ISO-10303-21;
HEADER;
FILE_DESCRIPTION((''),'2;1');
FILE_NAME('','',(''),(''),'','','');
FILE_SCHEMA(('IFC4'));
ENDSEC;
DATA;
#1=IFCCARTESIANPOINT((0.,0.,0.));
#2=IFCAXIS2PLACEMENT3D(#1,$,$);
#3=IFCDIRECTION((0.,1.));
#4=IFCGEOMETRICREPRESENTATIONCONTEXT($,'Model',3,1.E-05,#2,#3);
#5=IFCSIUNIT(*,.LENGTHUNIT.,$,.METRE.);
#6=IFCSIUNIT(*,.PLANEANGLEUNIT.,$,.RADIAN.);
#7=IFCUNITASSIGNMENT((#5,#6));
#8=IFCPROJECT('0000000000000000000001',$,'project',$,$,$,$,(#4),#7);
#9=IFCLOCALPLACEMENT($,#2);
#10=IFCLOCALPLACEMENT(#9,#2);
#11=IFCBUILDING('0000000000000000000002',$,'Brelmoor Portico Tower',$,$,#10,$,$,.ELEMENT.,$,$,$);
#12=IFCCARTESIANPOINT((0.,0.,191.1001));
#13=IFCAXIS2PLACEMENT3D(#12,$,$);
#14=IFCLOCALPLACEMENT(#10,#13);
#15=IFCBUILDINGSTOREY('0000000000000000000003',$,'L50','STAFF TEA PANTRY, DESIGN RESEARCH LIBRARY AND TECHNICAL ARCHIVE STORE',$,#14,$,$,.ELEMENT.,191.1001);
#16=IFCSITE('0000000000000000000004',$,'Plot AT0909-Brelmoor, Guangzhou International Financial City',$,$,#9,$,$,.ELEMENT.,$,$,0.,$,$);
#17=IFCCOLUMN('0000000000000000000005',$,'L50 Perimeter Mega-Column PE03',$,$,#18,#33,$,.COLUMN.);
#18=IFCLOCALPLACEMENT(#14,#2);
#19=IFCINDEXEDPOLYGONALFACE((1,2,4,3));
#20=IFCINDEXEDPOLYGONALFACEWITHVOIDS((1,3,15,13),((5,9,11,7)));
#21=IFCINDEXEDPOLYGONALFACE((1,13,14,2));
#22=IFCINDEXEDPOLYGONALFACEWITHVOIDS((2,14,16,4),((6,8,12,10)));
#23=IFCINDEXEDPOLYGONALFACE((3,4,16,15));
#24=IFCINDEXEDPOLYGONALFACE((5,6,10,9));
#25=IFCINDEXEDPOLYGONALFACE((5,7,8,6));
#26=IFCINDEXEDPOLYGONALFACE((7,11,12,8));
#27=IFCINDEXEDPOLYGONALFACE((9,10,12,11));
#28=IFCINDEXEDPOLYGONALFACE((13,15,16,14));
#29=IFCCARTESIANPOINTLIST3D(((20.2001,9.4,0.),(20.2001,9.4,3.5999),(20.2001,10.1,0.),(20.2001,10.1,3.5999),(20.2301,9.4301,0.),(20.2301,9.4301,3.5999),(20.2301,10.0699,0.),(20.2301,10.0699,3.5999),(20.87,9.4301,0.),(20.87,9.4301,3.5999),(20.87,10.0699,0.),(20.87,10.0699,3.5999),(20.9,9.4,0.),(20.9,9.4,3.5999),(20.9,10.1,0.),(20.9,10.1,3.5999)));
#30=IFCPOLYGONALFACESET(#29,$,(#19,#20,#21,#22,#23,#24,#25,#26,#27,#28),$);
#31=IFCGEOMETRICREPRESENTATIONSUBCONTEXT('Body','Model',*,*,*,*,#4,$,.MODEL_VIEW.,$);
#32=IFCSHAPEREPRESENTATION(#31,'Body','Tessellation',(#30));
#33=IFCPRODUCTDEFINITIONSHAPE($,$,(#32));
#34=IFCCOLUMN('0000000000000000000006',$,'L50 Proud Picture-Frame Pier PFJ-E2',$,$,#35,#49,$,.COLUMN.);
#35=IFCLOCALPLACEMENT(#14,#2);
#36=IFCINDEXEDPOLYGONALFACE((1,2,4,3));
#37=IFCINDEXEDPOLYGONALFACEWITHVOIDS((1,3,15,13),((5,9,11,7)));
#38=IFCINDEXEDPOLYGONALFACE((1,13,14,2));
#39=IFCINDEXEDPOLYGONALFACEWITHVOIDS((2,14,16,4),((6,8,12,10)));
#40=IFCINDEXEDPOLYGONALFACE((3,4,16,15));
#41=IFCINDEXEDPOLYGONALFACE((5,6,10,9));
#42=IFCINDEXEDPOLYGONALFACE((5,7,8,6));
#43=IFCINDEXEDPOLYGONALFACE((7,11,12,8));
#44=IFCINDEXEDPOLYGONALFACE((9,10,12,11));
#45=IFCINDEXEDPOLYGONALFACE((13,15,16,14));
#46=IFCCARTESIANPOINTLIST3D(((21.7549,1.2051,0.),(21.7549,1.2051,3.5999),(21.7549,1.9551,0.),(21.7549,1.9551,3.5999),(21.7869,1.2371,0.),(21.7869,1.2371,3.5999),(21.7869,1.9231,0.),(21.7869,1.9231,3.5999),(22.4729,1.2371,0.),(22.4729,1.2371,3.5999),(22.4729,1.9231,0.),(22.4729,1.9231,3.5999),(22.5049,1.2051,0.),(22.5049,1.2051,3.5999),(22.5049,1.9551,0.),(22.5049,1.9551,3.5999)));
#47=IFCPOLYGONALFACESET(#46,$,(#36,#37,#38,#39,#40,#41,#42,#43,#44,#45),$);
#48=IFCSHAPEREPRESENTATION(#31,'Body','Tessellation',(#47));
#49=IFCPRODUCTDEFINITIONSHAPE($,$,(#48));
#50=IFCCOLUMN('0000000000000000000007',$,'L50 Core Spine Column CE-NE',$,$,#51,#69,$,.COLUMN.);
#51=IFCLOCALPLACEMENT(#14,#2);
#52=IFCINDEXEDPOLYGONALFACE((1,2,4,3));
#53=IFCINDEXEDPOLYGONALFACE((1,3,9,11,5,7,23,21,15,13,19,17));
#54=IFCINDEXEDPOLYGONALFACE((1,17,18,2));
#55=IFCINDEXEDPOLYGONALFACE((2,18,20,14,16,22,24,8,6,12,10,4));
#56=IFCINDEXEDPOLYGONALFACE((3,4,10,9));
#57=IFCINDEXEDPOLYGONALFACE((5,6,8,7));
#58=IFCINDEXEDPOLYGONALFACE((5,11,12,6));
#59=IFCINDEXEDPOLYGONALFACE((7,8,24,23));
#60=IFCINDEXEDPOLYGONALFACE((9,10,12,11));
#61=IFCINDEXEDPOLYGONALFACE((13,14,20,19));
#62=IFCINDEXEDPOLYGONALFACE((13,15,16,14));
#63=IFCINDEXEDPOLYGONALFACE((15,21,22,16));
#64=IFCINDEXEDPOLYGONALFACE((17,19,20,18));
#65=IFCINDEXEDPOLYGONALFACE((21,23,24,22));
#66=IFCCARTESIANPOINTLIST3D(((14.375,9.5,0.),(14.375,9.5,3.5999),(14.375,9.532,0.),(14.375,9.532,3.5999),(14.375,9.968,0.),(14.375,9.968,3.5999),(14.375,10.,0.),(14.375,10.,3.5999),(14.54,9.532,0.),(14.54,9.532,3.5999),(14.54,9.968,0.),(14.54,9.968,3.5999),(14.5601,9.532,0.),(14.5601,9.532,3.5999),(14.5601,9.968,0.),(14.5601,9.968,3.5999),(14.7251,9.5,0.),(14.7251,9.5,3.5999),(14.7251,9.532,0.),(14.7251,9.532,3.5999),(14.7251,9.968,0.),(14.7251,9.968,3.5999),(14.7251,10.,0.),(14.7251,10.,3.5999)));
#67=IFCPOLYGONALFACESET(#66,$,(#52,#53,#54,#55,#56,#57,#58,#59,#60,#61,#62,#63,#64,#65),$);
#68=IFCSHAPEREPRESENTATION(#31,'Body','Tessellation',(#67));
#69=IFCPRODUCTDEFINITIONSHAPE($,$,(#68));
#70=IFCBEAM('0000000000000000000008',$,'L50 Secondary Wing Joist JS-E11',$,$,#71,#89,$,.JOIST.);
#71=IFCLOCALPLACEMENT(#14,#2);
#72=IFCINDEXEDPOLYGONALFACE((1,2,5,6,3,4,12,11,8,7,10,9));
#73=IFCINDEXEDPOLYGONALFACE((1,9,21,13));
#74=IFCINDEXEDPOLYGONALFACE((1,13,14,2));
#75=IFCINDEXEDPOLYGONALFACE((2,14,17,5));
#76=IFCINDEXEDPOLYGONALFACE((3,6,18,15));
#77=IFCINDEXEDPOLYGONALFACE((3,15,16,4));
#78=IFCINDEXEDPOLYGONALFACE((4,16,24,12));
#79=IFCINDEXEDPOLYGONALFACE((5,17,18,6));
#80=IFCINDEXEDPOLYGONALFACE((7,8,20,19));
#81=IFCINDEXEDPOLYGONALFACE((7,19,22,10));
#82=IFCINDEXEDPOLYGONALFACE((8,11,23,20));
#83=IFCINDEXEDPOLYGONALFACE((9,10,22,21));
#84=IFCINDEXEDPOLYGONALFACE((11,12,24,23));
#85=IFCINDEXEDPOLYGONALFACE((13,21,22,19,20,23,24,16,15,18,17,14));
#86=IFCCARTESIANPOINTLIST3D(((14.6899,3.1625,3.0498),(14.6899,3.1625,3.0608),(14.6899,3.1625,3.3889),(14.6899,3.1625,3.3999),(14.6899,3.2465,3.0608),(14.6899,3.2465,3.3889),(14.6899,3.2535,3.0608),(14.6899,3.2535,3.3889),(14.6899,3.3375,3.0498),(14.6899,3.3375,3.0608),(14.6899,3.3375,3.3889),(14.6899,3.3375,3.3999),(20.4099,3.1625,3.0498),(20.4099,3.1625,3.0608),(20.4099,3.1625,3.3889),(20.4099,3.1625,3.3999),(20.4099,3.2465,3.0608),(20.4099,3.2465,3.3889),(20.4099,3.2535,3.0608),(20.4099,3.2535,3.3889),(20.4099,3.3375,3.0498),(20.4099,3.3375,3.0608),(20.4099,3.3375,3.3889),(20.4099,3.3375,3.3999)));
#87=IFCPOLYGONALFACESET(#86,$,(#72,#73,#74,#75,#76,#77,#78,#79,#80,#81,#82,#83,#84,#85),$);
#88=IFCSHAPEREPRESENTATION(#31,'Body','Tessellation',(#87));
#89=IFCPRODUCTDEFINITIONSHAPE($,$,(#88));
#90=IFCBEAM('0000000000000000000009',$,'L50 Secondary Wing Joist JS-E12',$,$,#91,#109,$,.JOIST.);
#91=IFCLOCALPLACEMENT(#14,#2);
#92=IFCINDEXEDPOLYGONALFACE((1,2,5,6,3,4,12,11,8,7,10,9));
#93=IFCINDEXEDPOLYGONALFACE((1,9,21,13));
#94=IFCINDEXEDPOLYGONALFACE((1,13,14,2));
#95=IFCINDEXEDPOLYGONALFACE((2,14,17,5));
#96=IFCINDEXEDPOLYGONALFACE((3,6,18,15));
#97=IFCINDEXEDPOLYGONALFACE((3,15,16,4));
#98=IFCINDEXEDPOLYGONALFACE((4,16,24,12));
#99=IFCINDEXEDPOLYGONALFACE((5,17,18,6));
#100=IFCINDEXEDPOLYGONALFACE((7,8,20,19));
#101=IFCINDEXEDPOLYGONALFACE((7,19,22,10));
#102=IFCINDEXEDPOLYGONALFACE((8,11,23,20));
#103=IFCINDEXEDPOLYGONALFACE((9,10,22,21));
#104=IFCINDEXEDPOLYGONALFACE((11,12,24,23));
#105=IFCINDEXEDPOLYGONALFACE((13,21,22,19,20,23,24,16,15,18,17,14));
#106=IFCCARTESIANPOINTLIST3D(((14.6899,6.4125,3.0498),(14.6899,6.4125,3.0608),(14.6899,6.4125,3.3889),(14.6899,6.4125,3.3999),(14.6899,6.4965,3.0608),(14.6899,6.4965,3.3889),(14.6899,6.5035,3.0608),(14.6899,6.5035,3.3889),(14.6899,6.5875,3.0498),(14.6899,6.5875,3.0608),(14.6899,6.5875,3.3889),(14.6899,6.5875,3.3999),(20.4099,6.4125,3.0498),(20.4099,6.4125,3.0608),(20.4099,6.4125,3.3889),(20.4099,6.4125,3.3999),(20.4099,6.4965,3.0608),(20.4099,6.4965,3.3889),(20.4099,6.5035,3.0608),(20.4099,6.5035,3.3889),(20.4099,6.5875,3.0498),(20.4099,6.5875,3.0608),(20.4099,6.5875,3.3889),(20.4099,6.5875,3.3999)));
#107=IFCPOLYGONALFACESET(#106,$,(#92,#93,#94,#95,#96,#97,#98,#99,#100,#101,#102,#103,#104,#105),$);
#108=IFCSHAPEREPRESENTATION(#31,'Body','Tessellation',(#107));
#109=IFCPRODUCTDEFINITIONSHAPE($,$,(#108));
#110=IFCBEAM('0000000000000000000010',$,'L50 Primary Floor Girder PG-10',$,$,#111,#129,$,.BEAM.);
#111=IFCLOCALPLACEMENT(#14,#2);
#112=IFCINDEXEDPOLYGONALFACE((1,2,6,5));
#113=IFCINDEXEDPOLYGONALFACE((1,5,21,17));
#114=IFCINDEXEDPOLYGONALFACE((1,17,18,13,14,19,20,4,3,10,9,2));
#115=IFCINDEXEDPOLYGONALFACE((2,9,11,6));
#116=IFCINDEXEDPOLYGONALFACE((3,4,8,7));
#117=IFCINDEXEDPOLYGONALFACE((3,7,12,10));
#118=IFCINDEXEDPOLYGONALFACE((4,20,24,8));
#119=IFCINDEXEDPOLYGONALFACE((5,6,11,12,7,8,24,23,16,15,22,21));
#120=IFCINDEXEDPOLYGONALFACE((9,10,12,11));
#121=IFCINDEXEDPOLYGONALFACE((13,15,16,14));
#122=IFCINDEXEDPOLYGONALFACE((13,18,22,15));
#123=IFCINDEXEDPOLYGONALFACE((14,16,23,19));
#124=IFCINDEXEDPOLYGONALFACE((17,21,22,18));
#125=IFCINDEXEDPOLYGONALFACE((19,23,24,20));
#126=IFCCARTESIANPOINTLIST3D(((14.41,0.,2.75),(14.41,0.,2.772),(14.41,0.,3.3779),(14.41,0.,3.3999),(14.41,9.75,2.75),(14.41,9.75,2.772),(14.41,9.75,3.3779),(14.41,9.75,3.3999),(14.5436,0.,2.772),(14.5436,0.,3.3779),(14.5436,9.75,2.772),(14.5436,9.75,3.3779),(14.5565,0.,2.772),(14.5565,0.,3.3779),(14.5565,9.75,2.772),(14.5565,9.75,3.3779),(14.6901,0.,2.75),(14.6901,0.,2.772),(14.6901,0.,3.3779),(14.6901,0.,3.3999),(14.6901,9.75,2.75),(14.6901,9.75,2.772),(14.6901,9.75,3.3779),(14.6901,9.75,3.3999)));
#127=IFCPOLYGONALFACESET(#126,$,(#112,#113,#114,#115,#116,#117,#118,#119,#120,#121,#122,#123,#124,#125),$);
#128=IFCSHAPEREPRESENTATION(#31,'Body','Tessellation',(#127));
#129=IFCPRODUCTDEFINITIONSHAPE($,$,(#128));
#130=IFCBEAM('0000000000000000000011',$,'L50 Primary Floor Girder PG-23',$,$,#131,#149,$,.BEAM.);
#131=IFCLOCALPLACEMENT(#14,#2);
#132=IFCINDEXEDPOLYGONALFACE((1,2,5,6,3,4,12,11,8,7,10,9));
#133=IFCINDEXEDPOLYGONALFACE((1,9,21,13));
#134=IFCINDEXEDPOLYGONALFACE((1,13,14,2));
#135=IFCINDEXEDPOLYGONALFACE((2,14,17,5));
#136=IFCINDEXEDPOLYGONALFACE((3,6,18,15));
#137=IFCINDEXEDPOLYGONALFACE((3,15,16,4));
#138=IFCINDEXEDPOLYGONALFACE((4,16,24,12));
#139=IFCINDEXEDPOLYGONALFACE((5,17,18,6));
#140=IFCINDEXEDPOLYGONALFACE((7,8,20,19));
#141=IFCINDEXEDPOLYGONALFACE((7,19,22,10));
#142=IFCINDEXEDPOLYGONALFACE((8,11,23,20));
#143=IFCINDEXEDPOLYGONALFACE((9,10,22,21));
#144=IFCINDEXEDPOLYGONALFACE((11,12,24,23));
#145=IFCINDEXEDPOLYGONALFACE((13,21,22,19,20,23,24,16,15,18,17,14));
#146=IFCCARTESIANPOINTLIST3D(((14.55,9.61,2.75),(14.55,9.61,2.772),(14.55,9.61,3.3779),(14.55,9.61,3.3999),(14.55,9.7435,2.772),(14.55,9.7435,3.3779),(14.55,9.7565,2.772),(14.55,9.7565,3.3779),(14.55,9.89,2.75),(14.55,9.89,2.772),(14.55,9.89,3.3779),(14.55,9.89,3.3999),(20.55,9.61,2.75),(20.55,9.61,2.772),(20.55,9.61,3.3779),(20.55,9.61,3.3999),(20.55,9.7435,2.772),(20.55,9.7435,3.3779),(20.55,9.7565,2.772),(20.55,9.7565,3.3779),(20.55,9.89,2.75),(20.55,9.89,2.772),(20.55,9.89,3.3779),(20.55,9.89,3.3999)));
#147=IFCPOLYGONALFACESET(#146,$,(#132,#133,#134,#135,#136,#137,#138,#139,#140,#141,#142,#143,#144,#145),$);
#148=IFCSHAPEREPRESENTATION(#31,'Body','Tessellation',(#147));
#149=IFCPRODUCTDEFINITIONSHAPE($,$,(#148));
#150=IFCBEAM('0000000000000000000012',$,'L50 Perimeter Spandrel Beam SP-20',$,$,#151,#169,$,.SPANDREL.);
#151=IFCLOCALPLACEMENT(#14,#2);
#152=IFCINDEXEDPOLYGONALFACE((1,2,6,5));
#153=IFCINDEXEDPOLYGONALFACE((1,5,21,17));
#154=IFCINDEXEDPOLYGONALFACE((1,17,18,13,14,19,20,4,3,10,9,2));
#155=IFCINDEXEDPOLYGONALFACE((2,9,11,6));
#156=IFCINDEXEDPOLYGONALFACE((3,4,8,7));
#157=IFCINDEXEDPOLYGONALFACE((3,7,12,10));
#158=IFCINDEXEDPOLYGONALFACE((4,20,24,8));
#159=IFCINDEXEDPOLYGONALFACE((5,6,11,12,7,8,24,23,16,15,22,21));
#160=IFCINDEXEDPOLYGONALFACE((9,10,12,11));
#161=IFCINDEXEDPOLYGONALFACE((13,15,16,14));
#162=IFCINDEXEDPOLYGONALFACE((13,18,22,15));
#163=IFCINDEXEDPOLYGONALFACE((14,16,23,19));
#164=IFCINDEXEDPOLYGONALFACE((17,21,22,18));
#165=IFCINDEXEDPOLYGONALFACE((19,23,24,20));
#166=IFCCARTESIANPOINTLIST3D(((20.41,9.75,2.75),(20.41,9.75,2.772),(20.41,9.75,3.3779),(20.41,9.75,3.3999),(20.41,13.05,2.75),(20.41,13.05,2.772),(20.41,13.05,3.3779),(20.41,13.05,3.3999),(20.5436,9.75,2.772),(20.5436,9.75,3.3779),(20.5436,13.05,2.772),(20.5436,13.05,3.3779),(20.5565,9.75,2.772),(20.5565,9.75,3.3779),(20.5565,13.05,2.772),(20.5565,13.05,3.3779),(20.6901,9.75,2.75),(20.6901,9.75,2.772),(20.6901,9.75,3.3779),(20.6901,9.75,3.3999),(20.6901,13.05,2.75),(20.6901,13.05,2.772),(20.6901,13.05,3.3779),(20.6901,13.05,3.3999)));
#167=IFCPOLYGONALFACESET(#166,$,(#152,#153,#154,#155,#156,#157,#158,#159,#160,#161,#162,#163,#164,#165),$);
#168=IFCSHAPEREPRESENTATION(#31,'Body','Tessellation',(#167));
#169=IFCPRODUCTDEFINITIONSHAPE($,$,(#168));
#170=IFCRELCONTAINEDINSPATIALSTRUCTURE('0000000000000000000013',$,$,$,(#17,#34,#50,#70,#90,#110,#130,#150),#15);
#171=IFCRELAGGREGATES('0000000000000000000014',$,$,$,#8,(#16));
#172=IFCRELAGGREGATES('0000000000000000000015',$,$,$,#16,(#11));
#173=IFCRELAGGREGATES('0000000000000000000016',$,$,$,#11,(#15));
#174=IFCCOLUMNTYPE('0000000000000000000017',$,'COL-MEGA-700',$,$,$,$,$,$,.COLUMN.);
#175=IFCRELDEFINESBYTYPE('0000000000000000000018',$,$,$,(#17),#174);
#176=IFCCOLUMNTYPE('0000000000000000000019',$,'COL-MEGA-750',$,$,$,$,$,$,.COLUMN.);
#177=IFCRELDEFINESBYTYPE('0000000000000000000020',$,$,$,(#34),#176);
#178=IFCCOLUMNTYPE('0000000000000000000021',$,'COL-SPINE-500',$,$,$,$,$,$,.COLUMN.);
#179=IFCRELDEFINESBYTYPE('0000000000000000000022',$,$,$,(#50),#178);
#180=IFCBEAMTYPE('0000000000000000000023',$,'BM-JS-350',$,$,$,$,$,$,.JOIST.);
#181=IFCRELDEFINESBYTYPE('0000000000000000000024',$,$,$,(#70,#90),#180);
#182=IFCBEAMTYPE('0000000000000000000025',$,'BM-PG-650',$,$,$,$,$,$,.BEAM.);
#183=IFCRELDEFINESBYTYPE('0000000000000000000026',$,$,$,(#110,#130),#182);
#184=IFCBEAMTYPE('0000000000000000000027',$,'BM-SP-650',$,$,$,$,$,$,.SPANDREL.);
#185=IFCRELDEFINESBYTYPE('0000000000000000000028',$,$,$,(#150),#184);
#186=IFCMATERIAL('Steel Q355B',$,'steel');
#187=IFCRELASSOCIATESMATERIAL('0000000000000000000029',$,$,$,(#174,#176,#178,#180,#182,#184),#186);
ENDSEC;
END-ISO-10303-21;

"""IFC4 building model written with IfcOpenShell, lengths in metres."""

from ifc_helpers import new_model, si_unit, direction, frame, origin, origin_2d, place, context, subcontext, project, spatial, hollow_rectangle, i_section, extrude, material, material_profile, profile_set, type_object, element, save


model = new_model("IFC4")

# Units and contexts
model_context = context("Model", 3, precision=1e-05, world=origin(), true_north=direction((0.0, 1.0)))
body_context = subcontext(model_context, "Body", "Model", "MODEL_VIEW")
ifc_project = project(units=[si_unit("LENGTHUNIT", "METRE"), si_unit("PLANEANGLEUNIT", "RADIAN")], contexts=[model_context])

# Site, building, storey
site_placement = place(None, origin())
site = spatial("IfcSite", under=ifc_project, at=site_placement, Name="Plot AT0909-Brelmoor, Guangzhou International Financial City", CompositionType="ELEMENT", RefElevation=0.0)
building_placement = place(site_placement, origin())
building = spatial("IfcBuilding", under=site, at=building_placement, Name="Brelmoor Portico Tower", CompositionType="ELEMENT")
storey_placement = place(building_placement, frame((0.0, 0.0, 191.1001)))
storey = spatial("IfcBuildingStorey", under=building, at=storey_placement, Name="L50", Description="STAFF TEA PANTRY, DESIGN RESEARCH LIBRARY AND TECHNICAL ARCHIVE STORE", CompositionType="ELEMENT", Elevation=191.1001)

# Columns
ifc_material_1 = material(Name="Steel Q355B", Category="steel")
ifc_material_profile_1 = material_profile(ifc_material_1, hollow_rectangle(XDim=0.7, YDim=0.7, WallThickness=0.03, at=origin_2d()), Name="BOX 700x700x30")
ifc_profile_set_1 = profile_set([ifc_material_profile_1], Name="Steel Q355B")
column_type_1 = type_object("IfcColumnType", Name="COL-MEGA-700", PredefinedType="COLUMN", material=ifc_profile_set_1)
column_1_placement = place(storey_placement, frame((20.55, 9.75, 0.0), z_axis=(0.0, 0.0, 1.0), x_axis=(0.0, 1.0, 0.0)))
element("IfcColumn", 1, at=column_1_placement, inside=storey, type_object=column_type_1, Name="L50 Perimeter Mega-Column PE03", PredefinedType="COLUMN", context=body_context, shape_type="SweptSolid", body=[
    extrude(hollow_rectangle(XDim=0.7, YDim=0.7, WallThickness=0.03, at=origin_2d()), origin(), (0.0, 0.0, 1.0), 3.5999),
])
ifc_material_profile_2 = material_profile(ifc_material_1, hollow_rectangle(XDim=0.75, YDim=0.75, WallThickness=0.032, at=origin_2d()), Name="BOX 750x750x32")
ifc_profile_set_2 = profile_set([ifc_material_profile_2], Name="Steel Q355B")
column_type_2 = type_object("IfcColumnType", Name="COL-MEGA-750", PredefinedType="COLUMN", material=ifc_profile_set_2)
column_2_placement = place(storey_placement, frame((22.1299, 1.5801, 0.0), z_axis=(0.0, 0.0, 1.0), x_axis=(0.0, 1.0, 0.0)))
element("IfcColumn", 2, at=column_2_placement, inside=storey, type_object=column_type_2, Name="L50 Proud Picture-Frame Pier PFJ-E2", PredefinedType="COLUMN", context=body_context, shape_type="SweptSolid", body=[
    extrude(hollow_rectangle(XDim=0.75, YDim=0.75, WallThickness=0.032, at=origin_2d()), origin(), (0.0, 0.0, 1.0), 3.5999),
])
ifc_material_profile_3 = material_profile(ifc_material_1, i_section(OverallWidth=0.3501, OverallDepth=0.5, WebThickness=0.02, FlangeThickness=0.032, at=origin_2d()), Name="HW 500x350x20x32")
ifc_profile_set_3 = profile_set([ifc_material_profile_3], Name="Steel Q355B")
column_type_3 = type_object("IfcColumnType", Name="COL-SPINE-500", PredefinedType="COLUMN", material=ifc_profile_set_3)
column_3_placement = place(storey_placement, frame((14.55, 9.75, 0.0), z_axis=(0.0, 0.0, 1.0), x_axis=(1.0, 0.0, 0.0)))
element("IfcColumn", 3, at=column_3_placement, inside=storey, type_object=column_type_3, Name="L50 Core Spine Column CE-NE", PredefinedType="COLUMN", context=body_context, shape_type="SweptSolid", body=[
    extrude(i_section(OverallWidth=0.3501, OverallDepth=0.5, WebThickness=0.02, FlangeThickness=0.032, at=origin_2d()), origin(), (0.0, 0.0, 1.0), 3.5999),
])

# Beams
ifc_material_profile_4 = material_profile(ifc_material_1, i_section(OverallWidth=0.175, OverallDepth=0.3501, WebThickness=0.0071, FlangeThickness=0.011, at=origin_2d()), Name="HN 350x175x7x11")
ifc_profile_set_4 = profile_set([ifc_material_profile_4], Name="Steel Q355B")
beam_type_1 = type_object("IfcBeamType", Name="BM-JS-350", PredefinedType="JOIST", material=ifc_profile_set_4)
for number, where, z_axis, x_axis, name in (
    (4, (14.6899, 3.25, 3.2249), (1.0, 0.0, 0.0), (0.0, 1.0, 0.0), "L50 Secondary Wing Joist JS-E11"),
    (5, (14.6899, 6.5, 3.2249), (1.0, 0.0, 0.0), (0.0, 1.0, 0.0), "L50 Secondary Wing Joist JS-E12"),
):
    element("IfcBeam", number, at=place(storey_placement, frame(where, z_axis=z_axis, x_axis=x_axis)), inside=storey, type_object=beam_type_1, Name=name, PredefinedType="JOIST", context=body_context, shape_type="SweptSolid", body=[
        extrude(i_section(OverallWidth=0.175, OverallDepth=0.3501, WebThickness=0.0071, FlangeThickness=0.011, at=origin_2d()), origin(), (0.0, 0.0, 1.0), 5.72),
    ])
ifc_material_profile_5 = material_profile(ifc_material_1, i_section(OverallWidth=0.28, OverallDepth=0.6499, WebThickness=0.0129, FlangeThickness=0.022, at=origin_2d()), Name="HN 650x280x13x22")
ifc_profile_set_5 = profile_set([ifc_material_profile_5], Name="Steel Q355B")
beam_type_2 = type_object("IfcBeamType", Name="BM-PG-650", PredefinedType="BEAM", material=ifc_profile_set_5)
beam_1_placement = place(storey_placement, frame((14.55, 0.0, 3.075), z_axis=(0.0, 1.0, 0.0), x_axis=(-1.0, 0.0, 0.0)))
element("IfcBeam", 6, at=beam_1_placement, inside=storey, type_object=beam_type_2, Name="L50 Primary Floor Girder PG-10", PredefinedType="BEAM", context=body_context, shape_type="SweptSolid", body=[
    extrude(i_section(OverallWidth=0.28, OverallDepth=0.6499, WebThickness=0.0129, FlangeThickness=0.022, at=origin_2d()), origin(), (0.0, 0.0, 1.0), 9.75),
])
beam_2_placement = place(storey_placement, frame((14.55, 9.75, 3.075), z_axis=(1.0, 0.0, 0.0), x_axis=(0.0, 1.0, 0.0)))
element("IfcBeam", 7, at=beam_2_placement, inside=storey, type_object=beam_type_2, Name="L50 Primary Floor Girder PG-23", PredefinedType="BEAM", context=body_context, shape_type="SweptSolid", body=[
    extrude(i_section(OverallWidth=0.28, OverallDepth=0.6499, WebThickness=0.0129, FlangeThickness=0.022, at=origin_2d()), origin(), (0.0, 0.0, 1.0), 6.0),
])
ifc_material_profile_6 = material_profile(ifc_material_1, i_section(OverallWidth=0.28, OverallDepth=0.6499, WebThickness=0.0129, FlangeThickness=0.022, at=origin_2d()), Name="HN 650x280x13x22")
ifc_profile_set_6 = profile_set([ifc_material_profile_6], Name="Steel Q355B")
beam_type_3 = type_object("IfcBeamType", Name="BM-SP-650", PredefinedType="SPANDREL", material=ifc_profile_set_6)
beam_3_placement = place(storey_placement, frame((20.55, 9.75, 3.075), z_axis=(0.0, 1.0, 0.0), x_axis=(-1.0, 0.0, 0.0)))
element("IfcBeam", 8, at=beam_3_placement, inside=storey, type_object=beam_type_3, Name="L50 Perimeter Spandrel Beam SP-20", PredefinedType="SPANDREL", context=body_context, shape_type="SweptSolid", body=[
    extrude(i_section(OverallWidth=0.28, OverallDepth=0.6499, WebThickness=0.0129, FlangeThickness=0.022, at=origin_2d()), origin(), (0.0, 0.0, 1.0), 3.3),
])

save(model, "model.ifc")
